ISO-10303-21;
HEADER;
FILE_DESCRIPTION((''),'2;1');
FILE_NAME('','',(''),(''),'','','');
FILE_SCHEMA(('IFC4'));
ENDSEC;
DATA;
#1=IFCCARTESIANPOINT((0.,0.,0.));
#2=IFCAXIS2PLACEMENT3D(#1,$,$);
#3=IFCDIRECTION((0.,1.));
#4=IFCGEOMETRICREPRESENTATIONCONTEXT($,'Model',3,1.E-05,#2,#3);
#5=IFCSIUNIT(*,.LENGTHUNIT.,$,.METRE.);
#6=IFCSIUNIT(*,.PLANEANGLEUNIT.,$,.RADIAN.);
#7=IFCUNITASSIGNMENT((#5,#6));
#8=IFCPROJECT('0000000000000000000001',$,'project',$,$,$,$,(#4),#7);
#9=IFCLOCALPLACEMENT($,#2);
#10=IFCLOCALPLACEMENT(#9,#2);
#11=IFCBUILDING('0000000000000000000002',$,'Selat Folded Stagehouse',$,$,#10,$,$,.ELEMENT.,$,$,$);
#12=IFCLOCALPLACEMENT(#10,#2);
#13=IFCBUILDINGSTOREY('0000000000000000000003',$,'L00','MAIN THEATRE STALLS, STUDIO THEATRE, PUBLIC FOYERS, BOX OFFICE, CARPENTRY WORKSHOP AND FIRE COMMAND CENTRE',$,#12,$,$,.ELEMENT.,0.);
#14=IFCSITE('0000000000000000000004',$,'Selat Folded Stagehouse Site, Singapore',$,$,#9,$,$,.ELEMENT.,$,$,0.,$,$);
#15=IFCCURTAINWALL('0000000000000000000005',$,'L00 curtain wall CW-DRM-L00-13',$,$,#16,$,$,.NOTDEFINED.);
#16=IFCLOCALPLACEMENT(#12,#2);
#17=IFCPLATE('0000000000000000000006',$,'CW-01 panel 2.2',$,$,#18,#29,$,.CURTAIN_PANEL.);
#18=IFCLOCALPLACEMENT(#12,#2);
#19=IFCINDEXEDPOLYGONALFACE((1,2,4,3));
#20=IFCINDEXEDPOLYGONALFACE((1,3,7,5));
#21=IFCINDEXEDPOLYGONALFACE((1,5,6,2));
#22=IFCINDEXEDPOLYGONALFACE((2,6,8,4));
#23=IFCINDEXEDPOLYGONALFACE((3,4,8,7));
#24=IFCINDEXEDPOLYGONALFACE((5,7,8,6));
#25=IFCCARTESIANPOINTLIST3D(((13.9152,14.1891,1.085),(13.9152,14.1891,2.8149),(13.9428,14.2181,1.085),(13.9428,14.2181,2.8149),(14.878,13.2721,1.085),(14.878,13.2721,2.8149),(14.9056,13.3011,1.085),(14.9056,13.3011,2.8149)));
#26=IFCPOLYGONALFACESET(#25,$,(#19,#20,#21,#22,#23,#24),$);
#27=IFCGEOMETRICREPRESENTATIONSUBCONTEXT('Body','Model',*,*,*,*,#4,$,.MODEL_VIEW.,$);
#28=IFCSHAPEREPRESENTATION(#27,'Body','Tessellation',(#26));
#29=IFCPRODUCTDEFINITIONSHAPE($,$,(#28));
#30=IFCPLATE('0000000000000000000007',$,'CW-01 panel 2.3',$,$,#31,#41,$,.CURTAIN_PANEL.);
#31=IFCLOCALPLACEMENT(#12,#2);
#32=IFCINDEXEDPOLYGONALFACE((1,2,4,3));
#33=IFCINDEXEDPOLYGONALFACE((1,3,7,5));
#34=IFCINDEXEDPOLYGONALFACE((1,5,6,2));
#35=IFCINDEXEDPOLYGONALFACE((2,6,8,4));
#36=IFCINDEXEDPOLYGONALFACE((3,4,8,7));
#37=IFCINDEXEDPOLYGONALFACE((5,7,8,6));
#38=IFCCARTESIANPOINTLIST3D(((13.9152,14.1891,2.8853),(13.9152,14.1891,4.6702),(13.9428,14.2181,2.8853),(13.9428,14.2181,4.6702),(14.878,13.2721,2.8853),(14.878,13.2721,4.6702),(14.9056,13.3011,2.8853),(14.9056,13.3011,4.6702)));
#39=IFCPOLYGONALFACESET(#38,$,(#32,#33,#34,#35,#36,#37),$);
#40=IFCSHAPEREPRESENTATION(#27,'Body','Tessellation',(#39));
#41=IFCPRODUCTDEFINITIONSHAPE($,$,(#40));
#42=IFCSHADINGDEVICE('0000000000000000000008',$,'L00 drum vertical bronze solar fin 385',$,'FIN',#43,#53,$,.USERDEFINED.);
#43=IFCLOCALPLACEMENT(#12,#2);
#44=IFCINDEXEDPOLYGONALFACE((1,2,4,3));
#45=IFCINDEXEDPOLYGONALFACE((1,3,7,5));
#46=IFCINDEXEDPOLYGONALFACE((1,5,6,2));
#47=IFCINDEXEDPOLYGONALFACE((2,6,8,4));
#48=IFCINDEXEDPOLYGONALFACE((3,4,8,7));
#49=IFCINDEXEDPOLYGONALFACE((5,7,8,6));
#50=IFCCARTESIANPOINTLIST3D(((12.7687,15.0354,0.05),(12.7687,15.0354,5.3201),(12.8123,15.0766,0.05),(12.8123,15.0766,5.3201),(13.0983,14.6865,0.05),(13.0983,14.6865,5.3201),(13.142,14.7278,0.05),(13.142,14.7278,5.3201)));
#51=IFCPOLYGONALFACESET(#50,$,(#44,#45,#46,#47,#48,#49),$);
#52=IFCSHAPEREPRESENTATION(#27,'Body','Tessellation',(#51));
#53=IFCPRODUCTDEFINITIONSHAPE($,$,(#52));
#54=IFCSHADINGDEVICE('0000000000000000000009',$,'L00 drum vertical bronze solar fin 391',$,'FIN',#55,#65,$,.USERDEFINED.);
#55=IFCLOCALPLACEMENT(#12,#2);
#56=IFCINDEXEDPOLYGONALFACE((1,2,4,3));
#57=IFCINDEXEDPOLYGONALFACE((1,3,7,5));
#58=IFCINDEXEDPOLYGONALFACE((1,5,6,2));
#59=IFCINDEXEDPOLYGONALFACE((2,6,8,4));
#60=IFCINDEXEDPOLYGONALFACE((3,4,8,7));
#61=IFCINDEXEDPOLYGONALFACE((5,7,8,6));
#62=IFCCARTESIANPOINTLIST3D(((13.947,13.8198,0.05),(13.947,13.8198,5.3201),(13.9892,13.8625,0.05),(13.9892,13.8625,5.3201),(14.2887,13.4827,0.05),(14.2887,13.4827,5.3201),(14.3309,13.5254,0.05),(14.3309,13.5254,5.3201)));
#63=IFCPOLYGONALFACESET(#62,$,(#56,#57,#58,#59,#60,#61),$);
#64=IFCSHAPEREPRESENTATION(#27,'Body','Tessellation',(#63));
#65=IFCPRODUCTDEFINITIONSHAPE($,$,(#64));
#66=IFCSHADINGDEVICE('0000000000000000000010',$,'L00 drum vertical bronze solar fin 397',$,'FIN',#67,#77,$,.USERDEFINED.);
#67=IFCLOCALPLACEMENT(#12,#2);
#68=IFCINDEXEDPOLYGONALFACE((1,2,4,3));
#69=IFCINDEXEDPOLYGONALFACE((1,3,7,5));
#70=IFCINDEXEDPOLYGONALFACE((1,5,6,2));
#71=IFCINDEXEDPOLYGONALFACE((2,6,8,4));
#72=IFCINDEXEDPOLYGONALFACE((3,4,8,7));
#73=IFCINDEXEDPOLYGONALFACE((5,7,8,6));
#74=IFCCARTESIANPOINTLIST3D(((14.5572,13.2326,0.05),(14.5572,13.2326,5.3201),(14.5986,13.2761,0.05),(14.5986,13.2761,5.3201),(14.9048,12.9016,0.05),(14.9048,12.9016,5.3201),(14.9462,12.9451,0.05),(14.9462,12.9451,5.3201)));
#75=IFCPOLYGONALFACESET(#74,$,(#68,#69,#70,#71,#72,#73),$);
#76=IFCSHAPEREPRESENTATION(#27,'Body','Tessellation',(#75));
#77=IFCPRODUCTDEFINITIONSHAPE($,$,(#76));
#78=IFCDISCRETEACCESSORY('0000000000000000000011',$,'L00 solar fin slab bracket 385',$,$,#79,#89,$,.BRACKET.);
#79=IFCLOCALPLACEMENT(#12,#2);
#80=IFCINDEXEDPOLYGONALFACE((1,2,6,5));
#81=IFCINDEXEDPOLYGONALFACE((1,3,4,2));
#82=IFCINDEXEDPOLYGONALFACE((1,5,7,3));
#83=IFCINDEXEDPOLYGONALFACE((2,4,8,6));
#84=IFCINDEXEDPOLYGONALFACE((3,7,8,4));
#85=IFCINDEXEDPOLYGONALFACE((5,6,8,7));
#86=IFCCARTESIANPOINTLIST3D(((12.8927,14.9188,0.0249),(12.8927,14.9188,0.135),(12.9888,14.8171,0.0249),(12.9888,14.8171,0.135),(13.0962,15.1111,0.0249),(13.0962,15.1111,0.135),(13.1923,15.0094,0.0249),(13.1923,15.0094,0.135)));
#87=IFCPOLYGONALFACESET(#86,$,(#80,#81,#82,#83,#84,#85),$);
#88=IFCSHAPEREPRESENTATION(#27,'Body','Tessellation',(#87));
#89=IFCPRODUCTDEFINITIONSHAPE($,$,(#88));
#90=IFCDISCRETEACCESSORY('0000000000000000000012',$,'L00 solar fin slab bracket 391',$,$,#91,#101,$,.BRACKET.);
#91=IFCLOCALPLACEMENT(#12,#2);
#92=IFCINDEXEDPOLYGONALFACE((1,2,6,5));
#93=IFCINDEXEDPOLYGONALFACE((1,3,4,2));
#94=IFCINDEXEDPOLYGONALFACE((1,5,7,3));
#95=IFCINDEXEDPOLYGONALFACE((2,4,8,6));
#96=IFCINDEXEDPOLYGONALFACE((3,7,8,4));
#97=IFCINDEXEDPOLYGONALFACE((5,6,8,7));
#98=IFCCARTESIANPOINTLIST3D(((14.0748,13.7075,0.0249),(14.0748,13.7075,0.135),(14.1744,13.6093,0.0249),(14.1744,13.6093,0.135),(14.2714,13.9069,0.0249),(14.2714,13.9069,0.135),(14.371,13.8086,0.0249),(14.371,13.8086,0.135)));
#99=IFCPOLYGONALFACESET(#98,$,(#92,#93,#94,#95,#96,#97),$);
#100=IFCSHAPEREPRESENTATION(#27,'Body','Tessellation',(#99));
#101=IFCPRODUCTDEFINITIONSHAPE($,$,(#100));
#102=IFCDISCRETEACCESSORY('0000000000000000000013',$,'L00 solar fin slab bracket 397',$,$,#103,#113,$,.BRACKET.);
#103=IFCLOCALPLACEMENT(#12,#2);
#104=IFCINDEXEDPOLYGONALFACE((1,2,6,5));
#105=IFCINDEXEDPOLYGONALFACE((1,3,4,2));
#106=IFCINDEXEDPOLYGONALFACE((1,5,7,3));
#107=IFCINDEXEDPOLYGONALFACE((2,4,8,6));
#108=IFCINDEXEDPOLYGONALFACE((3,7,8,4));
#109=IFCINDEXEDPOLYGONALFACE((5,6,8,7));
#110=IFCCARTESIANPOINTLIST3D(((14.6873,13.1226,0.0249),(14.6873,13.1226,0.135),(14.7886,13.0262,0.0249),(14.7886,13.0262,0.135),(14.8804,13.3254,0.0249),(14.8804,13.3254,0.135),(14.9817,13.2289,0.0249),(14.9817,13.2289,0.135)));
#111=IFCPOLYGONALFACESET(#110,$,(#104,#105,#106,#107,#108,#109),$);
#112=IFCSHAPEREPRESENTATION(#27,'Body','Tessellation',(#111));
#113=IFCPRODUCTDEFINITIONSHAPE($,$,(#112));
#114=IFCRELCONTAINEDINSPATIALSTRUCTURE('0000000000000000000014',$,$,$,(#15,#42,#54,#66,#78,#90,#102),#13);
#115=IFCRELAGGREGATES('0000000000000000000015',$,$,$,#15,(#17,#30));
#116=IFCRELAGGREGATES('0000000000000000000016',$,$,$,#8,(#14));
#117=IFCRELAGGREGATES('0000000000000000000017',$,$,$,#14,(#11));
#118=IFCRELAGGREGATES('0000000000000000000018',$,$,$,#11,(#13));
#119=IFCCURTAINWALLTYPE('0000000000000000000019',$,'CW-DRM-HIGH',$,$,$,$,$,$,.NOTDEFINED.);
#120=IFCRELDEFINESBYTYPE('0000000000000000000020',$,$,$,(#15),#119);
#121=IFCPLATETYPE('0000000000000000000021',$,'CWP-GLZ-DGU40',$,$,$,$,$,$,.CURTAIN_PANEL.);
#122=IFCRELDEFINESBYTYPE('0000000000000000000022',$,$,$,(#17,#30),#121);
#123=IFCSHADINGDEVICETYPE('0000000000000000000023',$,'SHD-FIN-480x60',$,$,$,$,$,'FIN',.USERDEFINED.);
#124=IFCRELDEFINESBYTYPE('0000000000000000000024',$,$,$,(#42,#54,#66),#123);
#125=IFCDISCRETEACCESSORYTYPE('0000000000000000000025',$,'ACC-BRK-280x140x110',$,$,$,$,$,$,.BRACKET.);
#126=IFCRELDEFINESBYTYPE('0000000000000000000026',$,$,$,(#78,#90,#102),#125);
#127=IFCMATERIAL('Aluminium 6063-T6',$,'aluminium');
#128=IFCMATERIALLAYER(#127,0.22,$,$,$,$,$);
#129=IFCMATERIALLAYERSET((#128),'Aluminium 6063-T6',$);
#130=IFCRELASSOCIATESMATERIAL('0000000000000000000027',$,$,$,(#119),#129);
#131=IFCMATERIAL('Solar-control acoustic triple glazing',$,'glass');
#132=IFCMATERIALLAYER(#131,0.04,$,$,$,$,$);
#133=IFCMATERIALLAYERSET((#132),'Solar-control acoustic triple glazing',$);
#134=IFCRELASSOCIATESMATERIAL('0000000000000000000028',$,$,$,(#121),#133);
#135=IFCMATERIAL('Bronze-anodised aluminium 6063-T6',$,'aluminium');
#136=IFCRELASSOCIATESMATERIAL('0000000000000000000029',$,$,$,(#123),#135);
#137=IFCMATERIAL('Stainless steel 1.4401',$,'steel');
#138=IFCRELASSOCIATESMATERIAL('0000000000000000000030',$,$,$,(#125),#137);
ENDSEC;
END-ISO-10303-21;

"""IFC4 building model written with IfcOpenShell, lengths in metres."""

from ifc_helpers import new_model, si_unit, direction, frame, origin, origin_2d, place, context, subcontext, project, spatial, rectangle, extrude, material, layer, layer_set, material_profile, profile_set, type_object, element, aggregate, save


model = new_model("IFC4")

# Units and contexts
model_context = context("Model", 3, precision=1e-05, world=origin(), true_north=direction((0.0, 1.0)))
body_context = subcontext(model_context, "Body", "Model", "MODEL_VIEW")
ifc_project = project(units=[si_unit("LENGTHUNIT", "METRE"), si_unit("PLANEANGLEUNIT", "RADIAN")], contexts=[model_context])

# Site, building, storey
site_placement = place(None, origin())
site = spatial("IfcSite", under=ifc_project, at=site_placement, Name="Selat Folded Stagehouse Site, Singapore", CompositionType="ELEMENT", RefElevation=0.0)
building_placement = place(site_placement, origin())
building = spatial("IfcBuilding", under=site, at=building_placement, Name="Selat Folded Stagehouse", CompositionType="ELEMENT")
storey_placement = place(building_placement, origin())
storey = spatial("IfcBuildingStorey", under=building, at=storey_placement, Name="L00", Description="MAIN THEATRE STALLS, STUDIO THEATRE, PUBLIC FOYERS, BOX OFFICE, CARPENTRY WORKSHOP AND FIRE COMMAND CENTRE", CompositionType="ELEMENT", Elevation=0.0)

# Curtain wall
ifc_material_1 = material(Name="Aluminium 6063-T6", Category="aluminium")
ifc_layer_1 = layer(ifc_material_1, 0.22)
ifc_layer_set_1 = layer_set([ifc_layer_1], Name="Aluminium 6063-T6")
curtain_wall_type = type_object("IfcCurtainWallType", Name="CW-DRM-HIGH", PredefinedType="NOTDEFINED", material=ifc_layer_set_1)
curtain_wall_1_placement = place(storey_placement, origin())
curtain_wall_1 = element("IfcCurtainWall", 1, at=curtain_wall_1_placement, inside=storey, type_object=curtain_wall_type, Name="L00 curtain wall CW-DRM-L00-13", PredefinedType="NOTDEFINED")

# Plates
ifc_material_2 = material(Name="Solar-control acoustic triple glazing", Category="glass")
ifc_layer_2 = layer(ifc_material_2, 0.04)
ifc_layer_set_2 = layer_set([ifc_layer_2], Name="Solar-control acoustic triple glazing")
plate_type = type_object("IfcPlateType", Name="CWP-GLZ-DGU40", PredefinedType="CURTAIN_PANEL", material=ifc_layer_set_2)
plate_1_placement = place(storey_placement, frame((14.4104, 13.7451, 1.085), z_axis=(0.0, 0.0, 1.0), x_axis=(-0.724132, 0.689661, 0.0)))
plate_1 = element("IfcPlate", 2, at=plate_1_placement, type_object=plate_type, Name="CW-01 panel 2.2", PredefinedType="CURTAIN_PANEL", context=body_context, shape_type="SweptSolid", body=[
    extrude(rectangle(XDim=1.3296, YDim=0.04, at=origin_2d()), origin(), (0.0, 0.0, 1.0), 1.73),
])
plate_2_placement = place(storey_placement, frame((14.4104, 13.7451, 2.8853), z_axis=(0.0, 0.0, 1.0), x_axis=(-0.724132, 0.689661, 0.0)))
plate_2 = element("IfcPlate", 3, at=plate_2_placement, type_object=plate_type, Name="CW-01 panel 2.3", PredefinedType="CURTAIN_PANEL", context=body_context, shape_type="SweptSolid", body=[
    extrude(rectangle(XDim=1.3296, YDim=0.04, at=origin_2d()), origin(), (0.0, 0.0, 1.0), 1.7849),
])
aggregate(curtain_wall_1, [plate_1, plate_2])

# Shading devices
ifc_material_3 = material(Name="Bronze-anodised aluminium 6063-T6", Category="aluminium")
ifc_material_profile_1 = material_profile(ifc_material_3, rectangle(XDim=0.0601, YDim=0.48, at=origin_2d()), Name="SOLAR-FIN 480x60")
ifc_profile_set_1 = profile_set([ifc_material_profile_1], Name="Bronze-anodised aluminium 6063-T6")
shading_device_type = type_object("IfcShadingDeviceType", Name="SHD-FIN-480x60", ElementType="FIN", PredefinedType="USERDEFINED", material=ifc_profile_set_1)
for number, where, z_axis, x_axis, name in (
    (4, (12.9553, 14.8816, 0.05), (0.0, 0.0, 1.0), (-0.726814, -0.686834, 0.0), "L00 drum vertical bronze solar fin 385"),
    (5, (14.1389, 13.6726, 0.05), (0.0, 0.0, 1.0), (-0.702277, -0.711903, 0.0), "L00 drum vertical bronze solar fin 391"),
    (6, (14.7517, 13.0889, 0.05), (0.0, 0.0, 1.0), (-0.68962, -0.724172, 0.0), "L00 drum vertical bronze solar fin 397"),
):
    element("IfcShadingDevice", number, at=place(storey_placement, frame(where, z_axis=z_axis, x_axis=x_axis)), inside=storey, type_object=shading_device_type, Name=name, ObjectType="FIN", PredefinedType="USERDEFINED", context=body_context, shape_type="SweptSolid", body=[
        extrude(rectangle(XDim=0.0601, YDim=0.48, at=origin_2d()), origin(), (0.0, 0.0, 1.0), 5.27),
    ])

# Discrete accessories
ifc_material_4 = material(Name="Stainless steel 1.4401", Category="steel")
discrete_accessory_type = type_object("IfcDiscreteAccessoryType", Name="ACC-BRK-280x140x110", PredefinedType="BRACKET", material=ifc_material_4)
for number, where, z_axis, x_axis, name in (
    (7, (13.0425, 14.9641, 0.0249), (0.0, 0.0, 1.0), (-0.726814, -0.686834, 0.0), "L00 solar fin slab bracket 385"),
    (8, (14.2229, 13.7581, 0.0249), (0.0, 0.0, 1.0), (-0.702277, -0.711903, 0.0), "L00 solar fin slab bracket 391"),
    (9, (14.8345, 13.1758, 0.0249), (0.0, 0.0, 1.0), (-0.68962, -0.724172, 0.0), "L00 solar fin slab bracket 397"),
):
    element("IfcDiscreteAccessory", number, at=place(storey_placement, frame(where, z_axis=z_axis, x_axis=x_axis)), inside=storey, type_object=discrete_accessory_type, Name=name, PredefinedType="BRACKET", context=body_context, shape_type="SweptSolid", body=[
        extrude(rectangle(XDim=0.28, YDim=0.1399, at=origin_2d()), origin(), (0.0, 0.0, 1.0), 0.1101),
    ])

save(model, "model.ifc")
